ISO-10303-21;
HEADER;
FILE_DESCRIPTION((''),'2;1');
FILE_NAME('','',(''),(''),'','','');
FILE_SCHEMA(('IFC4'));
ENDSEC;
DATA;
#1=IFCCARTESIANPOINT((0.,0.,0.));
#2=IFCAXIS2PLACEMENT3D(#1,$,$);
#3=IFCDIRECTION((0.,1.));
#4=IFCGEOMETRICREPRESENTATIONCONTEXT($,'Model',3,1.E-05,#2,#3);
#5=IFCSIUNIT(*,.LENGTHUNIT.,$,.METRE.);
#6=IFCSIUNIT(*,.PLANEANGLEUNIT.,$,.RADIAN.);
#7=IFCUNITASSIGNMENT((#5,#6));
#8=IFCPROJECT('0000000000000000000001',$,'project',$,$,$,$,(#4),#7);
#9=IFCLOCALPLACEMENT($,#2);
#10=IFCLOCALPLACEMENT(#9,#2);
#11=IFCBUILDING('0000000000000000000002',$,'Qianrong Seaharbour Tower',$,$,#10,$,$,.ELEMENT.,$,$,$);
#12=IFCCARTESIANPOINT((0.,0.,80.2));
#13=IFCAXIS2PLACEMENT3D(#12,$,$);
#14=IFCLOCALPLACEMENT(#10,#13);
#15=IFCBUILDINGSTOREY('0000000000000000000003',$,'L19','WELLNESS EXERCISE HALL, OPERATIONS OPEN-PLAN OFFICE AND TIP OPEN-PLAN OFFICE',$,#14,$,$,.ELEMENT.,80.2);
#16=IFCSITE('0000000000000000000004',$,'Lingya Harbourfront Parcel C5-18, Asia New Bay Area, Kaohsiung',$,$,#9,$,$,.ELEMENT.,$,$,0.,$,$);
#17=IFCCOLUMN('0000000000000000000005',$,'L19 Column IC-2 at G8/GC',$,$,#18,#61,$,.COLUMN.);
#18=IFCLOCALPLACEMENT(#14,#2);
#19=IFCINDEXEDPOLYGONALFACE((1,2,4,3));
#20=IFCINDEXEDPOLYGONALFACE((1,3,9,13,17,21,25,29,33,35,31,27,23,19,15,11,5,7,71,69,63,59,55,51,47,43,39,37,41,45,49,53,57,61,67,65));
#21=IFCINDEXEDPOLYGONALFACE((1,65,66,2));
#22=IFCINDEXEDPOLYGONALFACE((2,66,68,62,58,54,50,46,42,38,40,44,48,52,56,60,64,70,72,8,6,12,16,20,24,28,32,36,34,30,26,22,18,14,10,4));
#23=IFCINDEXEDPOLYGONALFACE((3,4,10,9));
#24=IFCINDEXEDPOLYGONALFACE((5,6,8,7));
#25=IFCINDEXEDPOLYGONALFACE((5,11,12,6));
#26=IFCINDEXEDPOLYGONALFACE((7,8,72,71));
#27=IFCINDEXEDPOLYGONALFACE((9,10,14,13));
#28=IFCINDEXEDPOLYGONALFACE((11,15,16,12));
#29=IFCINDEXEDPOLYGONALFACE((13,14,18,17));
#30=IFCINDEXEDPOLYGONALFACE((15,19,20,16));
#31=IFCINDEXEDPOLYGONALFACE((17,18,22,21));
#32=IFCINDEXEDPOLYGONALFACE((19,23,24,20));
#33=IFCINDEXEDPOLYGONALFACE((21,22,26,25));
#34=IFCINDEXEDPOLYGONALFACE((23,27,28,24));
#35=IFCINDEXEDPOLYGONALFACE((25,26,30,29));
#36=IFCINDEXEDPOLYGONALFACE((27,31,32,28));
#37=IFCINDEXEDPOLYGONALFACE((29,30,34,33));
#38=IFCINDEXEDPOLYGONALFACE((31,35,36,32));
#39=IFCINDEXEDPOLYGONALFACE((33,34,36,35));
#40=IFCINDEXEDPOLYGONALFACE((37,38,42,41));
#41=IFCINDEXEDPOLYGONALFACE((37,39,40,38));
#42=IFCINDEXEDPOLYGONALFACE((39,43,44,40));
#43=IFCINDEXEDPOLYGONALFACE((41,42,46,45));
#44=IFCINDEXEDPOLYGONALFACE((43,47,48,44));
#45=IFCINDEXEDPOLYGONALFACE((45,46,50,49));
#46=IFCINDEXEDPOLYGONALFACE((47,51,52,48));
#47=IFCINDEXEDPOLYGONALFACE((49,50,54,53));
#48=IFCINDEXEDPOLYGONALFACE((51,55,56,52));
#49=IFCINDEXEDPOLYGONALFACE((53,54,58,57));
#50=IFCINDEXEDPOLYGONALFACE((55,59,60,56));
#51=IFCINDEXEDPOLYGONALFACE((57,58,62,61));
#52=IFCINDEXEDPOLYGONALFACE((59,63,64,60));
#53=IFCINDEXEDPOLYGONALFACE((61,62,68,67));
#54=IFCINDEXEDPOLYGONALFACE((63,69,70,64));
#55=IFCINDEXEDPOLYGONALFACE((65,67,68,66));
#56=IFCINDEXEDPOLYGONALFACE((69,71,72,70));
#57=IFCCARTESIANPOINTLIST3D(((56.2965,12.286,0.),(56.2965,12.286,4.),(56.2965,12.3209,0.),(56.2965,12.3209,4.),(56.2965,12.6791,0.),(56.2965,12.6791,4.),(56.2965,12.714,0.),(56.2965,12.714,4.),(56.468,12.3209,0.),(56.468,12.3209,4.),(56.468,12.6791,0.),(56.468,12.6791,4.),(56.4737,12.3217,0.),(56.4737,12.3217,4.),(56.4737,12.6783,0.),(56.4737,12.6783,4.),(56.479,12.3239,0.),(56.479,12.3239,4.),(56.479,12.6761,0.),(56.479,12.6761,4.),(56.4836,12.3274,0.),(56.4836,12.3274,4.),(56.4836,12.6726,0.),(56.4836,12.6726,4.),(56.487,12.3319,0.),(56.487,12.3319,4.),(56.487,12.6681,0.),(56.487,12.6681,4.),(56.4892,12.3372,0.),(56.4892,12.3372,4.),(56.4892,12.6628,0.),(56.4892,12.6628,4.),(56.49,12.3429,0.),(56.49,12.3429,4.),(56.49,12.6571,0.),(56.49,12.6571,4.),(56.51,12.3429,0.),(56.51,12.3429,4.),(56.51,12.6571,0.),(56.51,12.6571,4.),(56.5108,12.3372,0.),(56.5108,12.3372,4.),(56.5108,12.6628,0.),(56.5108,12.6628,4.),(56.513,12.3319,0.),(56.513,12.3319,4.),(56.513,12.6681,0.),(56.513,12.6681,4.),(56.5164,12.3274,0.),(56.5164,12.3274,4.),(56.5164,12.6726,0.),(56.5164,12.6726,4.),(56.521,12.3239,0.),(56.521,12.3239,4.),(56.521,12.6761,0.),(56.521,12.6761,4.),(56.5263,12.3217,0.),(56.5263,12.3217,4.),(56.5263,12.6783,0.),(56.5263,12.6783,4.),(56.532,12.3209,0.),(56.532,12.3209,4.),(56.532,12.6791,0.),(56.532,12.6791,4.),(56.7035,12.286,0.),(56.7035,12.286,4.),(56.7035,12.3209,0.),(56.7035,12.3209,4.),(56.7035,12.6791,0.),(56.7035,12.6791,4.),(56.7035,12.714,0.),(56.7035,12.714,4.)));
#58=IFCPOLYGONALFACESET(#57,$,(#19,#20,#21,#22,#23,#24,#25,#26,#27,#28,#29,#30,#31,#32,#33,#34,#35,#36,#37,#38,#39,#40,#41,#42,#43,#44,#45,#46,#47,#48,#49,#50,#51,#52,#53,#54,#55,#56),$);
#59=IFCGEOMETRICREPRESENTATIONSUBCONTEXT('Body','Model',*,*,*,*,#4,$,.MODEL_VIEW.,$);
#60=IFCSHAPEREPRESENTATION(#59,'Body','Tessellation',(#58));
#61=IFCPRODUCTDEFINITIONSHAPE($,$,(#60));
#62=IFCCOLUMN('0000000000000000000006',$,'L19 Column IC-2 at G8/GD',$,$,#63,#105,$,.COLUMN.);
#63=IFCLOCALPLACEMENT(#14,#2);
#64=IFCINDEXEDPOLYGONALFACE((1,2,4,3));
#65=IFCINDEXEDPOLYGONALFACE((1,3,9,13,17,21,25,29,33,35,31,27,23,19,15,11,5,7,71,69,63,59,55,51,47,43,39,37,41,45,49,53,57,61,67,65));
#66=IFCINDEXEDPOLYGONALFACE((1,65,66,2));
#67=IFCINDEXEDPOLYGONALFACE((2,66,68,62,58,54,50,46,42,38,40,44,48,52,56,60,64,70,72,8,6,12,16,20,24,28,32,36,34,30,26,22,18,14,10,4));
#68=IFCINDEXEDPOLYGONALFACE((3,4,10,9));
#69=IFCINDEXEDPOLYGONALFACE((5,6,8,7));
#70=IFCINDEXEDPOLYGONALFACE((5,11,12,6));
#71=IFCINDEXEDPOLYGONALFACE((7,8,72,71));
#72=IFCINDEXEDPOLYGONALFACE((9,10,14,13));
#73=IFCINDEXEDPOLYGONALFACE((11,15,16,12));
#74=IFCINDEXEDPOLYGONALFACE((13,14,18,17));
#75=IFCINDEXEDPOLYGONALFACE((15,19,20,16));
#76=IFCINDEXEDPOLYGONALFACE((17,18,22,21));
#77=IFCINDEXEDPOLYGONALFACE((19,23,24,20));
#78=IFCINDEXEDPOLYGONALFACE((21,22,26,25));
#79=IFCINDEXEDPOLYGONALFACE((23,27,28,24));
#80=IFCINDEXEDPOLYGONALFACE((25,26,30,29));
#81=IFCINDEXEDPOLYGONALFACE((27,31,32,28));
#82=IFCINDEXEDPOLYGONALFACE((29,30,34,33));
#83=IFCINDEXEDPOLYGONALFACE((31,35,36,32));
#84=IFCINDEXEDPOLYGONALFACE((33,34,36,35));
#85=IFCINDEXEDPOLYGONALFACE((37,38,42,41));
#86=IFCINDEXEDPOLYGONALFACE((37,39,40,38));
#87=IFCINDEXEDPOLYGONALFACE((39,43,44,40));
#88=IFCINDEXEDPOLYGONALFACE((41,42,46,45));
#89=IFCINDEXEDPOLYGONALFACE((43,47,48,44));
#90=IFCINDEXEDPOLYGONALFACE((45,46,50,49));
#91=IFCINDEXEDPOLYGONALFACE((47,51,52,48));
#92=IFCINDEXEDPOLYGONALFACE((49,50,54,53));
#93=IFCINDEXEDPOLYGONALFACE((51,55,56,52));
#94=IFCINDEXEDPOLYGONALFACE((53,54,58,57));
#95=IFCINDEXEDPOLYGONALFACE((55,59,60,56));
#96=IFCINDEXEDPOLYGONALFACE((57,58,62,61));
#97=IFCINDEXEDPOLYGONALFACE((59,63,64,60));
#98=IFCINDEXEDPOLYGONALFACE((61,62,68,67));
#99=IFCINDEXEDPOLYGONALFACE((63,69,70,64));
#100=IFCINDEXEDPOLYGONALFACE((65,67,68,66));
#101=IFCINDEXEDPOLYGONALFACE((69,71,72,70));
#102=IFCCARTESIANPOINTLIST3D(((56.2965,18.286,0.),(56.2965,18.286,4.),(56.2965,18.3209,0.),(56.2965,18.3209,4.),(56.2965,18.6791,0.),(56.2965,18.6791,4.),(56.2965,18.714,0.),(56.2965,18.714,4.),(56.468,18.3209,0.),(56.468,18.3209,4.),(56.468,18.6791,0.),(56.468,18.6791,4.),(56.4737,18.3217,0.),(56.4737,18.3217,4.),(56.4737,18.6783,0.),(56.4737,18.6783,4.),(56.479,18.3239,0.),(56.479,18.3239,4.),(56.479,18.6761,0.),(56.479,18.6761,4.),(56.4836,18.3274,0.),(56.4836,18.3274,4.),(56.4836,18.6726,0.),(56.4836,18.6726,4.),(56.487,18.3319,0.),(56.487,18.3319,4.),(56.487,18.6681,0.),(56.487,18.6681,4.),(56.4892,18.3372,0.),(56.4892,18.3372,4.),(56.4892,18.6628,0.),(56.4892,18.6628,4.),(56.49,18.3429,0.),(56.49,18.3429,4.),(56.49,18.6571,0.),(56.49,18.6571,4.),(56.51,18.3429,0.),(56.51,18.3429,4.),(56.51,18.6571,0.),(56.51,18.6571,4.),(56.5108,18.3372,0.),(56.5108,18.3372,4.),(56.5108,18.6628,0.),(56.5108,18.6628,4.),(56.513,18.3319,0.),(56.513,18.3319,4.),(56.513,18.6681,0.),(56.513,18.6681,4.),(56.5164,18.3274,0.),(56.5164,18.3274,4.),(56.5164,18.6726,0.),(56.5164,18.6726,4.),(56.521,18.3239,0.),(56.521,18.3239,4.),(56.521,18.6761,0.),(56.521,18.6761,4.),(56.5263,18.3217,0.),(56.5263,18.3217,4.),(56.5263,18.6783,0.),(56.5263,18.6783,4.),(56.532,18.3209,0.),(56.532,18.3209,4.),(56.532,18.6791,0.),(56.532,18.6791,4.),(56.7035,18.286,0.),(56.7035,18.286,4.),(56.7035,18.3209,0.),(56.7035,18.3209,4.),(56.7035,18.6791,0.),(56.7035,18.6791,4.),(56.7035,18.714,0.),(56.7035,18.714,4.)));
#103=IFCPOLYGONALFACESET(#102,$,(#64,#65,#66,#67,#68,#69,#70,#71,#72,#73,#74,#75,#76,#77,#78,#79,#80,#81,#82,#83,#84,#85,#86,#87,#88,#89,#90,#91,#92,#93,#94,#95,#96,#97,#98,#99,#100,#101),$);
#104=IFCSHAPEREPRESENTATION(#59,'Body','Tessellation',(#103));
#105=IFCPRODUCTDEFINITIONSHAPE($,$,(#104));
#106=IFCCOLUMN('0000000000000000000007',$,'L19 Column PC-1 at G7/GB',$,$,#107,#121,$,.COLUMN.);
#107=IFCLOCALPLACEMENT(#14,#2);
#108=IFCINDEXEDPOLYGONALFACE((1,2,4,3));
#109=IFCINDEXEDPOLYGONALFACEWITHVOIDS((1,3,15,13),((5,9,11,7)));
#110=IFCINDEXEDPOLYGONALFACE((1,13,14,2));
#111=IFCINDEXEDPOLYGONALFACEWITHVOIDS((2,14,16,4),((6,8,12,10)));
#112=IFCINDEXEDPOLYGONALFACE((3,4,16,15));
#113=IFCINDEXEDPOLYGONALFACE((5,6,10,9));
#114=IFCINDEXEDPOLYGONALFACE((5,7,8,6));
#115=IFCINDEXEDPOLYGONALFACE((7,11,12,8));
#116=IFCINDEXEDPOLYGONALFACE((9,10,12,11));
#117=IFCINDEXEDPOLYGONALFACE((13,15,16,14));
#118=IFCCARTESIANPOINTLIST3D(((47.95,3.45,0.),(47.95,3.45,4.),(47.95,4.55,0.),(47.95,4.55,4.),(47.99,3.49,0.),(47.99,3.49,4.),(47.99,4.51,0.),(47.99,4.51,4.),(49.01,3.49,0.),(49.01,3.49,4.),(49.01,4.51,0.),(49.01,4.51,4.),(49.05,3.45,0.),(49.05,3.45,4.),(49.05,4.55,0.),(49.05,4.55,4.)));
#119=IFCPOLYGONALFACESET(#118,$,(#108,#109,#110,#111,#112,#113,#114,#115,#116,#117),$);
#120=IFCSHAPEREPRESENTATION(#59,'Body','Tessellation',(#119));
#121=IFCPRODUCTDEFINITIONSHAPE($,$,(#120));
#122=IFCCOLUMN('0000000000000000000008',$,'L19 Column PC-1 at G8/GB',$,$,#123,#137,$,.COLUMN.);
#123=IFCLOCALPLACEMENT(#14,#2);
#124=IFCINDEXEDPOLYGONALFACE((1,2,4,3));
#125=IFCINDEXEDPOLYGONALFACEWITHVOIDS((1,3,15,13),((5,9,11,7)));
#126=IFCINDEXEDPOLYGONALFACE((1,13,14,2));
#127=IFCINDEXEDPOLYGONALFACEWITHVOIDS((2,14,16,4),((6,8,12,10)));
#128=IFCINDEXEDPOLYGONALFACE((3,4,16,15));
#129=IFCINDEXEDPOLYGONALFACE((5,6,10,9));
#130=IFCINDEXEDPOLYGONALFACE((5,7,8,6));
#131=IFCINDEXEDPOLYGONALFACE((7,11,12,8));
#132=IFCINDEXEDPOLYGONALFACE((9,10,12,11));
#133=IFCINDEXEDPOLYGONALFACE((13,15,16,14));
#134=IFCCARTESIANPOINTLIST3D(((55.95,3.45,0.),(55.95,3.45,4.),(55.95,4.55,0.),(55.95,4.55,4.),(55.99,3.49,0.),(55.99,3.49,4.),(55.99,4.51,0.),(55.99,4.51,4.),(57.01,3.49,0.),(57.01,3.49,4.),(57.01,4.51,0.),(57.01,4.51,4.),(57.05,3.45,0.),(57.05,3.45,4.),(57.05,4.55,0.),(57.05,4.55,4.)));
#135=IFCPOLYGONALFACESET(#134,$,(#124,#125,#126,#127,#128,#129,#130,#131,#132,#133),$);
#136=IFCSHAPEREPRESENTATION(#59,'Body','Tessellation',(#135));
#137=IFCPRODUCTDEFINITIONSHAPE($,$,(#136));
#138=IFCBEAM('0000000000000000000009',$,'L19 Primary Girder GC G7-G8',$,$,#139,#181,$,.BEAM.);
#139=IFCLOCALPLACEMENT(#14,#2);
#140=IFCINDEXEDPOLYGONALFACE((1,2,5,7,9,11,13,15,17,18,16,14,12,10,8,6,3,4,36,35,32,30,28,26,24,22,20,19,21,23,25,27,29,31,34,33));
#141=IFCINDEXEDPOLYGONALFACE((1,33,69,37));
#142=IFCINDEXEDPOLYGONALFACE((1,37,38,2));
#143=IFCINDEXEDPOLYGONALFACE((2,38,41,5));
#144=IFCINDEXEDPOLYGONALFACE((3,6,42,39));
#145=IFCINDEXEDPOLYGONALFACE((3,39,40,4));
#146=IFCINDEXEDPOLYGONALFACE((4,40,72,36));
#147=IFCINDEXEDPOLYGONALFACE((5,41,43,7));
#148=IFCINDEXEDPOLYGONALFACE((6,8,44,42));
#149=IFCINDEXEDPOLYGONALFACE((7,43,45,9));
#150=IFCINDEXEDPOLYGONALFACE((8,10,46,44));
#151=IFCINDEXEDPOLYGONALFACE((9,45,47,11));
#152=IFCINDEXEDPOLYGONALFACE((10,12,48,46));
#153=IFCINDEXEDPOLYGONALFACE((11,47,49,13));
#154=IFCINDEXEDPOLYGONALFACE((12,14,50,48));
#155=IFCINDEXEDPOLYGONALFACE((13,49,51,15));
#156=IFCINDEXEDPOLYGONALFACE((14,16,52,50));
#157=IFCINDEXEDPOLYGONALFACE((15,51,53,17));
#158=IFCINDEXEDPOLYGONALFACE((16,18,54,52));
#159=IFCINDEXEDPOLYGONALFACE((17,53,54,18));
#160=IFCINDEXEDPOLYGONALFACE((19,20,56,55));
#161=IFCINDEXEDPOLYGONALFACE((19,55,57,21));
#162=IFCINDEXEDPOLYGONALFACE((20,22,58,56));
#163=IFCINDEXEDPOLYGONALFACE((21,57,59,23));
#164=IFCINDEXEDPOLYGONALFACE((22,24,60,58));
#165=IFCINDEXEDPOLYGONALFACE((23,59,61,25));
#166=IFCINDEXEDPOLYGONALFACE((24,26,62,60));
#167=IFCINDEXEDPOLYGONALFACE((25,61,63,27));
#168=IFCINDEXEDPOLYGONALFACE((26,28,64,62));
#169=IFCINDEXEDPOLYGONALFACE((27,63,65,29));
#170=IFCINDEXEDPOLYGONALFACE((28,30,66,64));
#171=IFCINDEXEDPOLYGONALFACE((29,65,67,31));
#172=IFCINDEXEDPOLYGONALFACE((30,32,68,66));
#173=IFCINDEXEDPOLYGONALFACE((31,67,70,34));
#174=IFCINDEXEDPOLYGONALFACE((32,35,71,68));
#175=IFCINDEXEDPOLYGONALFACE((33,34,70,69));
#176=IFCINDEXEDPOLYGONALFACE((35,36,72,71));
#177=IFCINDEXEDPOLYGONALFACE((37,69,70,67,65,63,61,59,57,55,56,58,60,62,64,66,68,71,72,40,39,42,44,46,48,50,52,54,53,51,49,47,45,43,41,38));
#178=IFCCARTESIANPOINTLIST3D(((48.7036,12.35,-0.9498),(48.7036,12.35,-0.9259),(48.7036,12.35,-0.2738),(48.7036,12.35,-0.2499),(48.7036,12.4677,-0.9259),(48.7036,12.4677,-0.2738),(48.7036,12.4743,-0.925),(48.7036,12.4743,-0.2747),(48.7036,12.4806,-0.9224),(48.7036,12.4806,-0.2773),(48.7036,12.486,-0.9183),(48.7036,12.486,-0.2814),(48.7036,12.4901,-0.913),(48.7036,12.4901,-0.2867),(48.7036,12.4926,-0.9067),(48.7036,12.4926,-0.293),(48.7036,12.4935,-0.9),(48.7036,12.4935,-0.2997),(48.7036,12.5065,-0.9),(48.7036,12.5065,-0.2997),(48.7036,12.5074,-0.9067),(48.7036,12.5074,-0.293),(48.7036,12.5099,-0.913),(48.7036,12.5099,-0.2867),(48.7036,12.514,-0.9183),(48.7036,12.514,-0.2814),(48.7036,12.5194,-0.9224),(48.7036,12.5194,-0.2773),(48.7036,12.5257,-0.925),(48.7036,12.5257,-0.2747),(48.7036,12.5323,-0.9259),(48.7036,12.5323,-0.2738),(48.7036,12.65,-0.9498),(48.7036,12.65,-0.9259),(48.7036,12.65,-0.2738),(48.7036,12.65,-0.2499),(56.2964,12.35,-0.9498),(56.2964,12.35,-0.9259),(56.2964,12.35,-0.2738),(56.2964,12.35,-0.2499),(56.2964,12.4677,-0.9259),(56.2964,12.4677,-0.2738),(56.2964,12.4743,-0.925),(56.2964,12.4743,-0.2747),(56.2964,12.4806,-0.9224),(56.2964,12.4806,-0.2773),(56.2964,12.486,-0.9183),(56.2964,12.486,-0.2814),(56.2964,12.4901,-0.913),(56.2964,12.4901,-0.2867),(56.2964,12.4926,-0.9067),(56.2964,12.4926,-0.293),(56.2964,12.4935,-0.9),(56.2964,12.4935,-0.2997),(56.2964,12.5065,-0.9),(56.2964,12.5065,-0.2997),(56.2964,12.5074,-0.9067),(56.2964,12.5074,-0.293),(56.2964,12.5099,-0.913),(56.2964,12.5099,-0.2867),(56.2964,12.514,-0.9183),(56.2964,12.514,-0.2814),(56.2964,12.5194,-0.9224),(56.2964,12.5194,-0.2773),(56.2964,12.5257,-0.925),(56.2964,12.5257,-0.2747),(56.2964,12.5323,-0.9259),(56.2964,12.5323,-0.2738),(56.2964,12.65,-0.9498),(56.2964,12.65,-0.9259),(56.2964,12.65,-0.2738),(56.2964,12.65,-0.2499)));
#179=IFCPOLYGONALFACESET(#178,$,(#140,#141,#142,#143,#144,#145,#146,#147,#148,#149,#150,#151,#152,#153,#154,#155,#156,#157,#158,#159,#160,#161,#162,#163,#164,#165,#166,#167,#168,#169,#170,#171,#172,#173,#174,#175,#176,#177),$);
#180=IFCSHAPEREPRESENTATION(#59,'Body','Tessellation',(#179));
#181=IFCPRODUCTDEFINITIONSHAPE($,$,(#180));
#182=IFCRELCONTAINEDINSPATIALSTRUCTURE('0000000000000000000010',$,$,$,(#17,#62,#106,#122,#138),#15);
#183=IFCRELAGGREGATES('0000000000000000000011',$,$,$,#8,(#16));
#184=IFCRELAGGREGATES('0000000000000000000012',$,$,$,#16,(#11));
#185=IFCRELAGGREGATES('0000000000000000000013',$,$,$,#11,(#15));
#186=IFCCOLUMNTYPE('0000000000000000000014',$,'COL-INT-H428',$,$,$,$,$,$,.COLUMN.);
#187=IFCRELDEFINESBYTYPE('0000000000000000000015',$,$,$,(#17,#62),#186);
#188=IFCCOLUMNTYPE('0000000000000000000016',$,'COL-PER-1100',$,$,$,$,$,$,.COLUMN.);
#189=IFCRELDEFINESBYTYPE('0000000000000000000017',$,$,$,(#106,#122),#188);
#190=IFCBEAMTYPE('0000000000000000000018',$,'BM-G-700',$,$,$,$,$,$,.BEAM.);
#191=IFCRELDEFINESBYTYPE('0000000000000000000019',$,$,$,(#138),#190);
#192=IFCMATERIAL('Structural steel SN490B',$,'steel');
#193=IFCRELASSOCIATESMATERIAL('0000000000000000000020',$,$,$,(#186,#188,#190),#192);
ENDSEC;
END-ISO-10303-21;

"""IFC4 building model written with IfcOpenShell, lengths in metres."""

from ifc_helpers import new_model, si_unit, direction, frame, origin, origin_2d, place, context, subcontext, project, spatial, hollow_rectangle, i_section, extrude, material, material_profile, profile_set, type_object, element, save


model = new_model("IFC4")

# Units and contexts
model_context = context("Model", 3, precision=1e-05, world=origin(), true_north=direction((0.0, 1.0)))
body_context = subcontext(model_context, "Body", "Model", "MODEL_VIEW")
ifc_project = project(units=[si_unit("LENGTHUNIT", "METRE"), si_unit("PLANEANGLEUNIT", "RADIAN")], contexts=[model_context])

# Site, building, storey
site_placement = place(None, origin())
site = spatial("IfcSite", under=ifc_project, at=site_placement, Name="Lingya Harbourfront Parcel C5-18, Asia New Bay Area, Kaohsiung", CompositionType="ELEMENT", RefElevation=0.0)
building_placement = place(site_placement, origin())
building = spatial("IfcBuilding", under=site, at=building_placement, Name="Qianrong Seaharbour Tower", CompositionType="ELEMENT")
storey_placement = place(building_placement, frame((0.0, 0.0, 80.2)))
storey = spatial("IfcBuildingStorey", under=building, at=storey_placement, Name="L19", Description="WELLNESS EXERCISE HALL, OPERATIONS OPEN-PLAN OFFICE AND TIP OPEN-PLAN OFFICE", CompositionType="ELEMENT", Elevation=80.2)

# Columns
ifc_material_1 = material(Name="Structural steel SN490B", Category="steel")
ifc_material_profile_1 = material_profile(ifc_material_1, i_section(OverallWidth=0.407, OverallDepth=0.428, WebThickness=0.02, FlangeThickness=0.0349, FilletRadius=0.022, at=origin_2d()), Name="H428x407x20x35")
ifc_profile_set_1 = profile_set([ifc_material_profile_1], Name="Structural steel SN490B")
column_type_1 = type_object("IfcColumnType", Name="COL-INT-H428", PredefinedType="COLUMN", material=ifc_profile_set_1)
for number, where, z_axis, x_axis, name in (
    (1, (56.5, 12.5, 0.0), (0.0, 0.0, 1.0), (1.0, 0.0, 0.0), "L19 Column IC-2 at G8/GC"),
    (2, (56.5, 18.5, 0.0), (0.0, 0.0, 1.0), (1.0, 0.0, 0.0), "L19 Column IC-2 at G8/GD"),
):
    element("IfcColumn", number, at=place(storey_placement, frame(where, z_axis=z_axis, x_axis=x_axis)), inside=storey, type_object=column_type_1, Name=name, PredefinedType="COLUMN", context=body_context, shape_type="SweptSolid", body=[
        extrude(i_section(OverallWidth=0.407, OverallDepth=0.428, WebThickness=0.02, FlangeThickness=0.0349, FilletRadius=0.022, at=origin_2d()), origin(), (0.0, 0.0, 1.0), 4.0),
    ])
ifc_material_profile_2 = material_profile(ifc_material_1, hollow_rectangle(XDim=1.1001, YDim=1.1001, WallThickness=0.04, at=origin_2d()), Name="BOX1100x1100x40")
ifc_profile_set_2 = profile_set([ifc_material_profile_2], Name="Structural steel SN490B")
column_type_2 = type_object("IfcColumnType", Name="COL-PER-1100", PredefinedType="COLUMN", material=ifc_profile_set_2)
for number, where, z_axis, x_axis, name in (
    (3, (48.5, 4.0, 0.0), (0.0, 0.0, 1.0), (1.0, 0.0, 0.0), "L19 Column PC-1 at G7/GB"),
    (4, (56.5, 4.0, 0.0), (0.0, 0.0, 1.0), (1.0, 0.0, 0.0), "L19 Column PC-1 at G8/GB"),
):
    element("IfcColumn", number, at=place(storey_placement, frame(where, z_axis=z_axis, x_axis=x_axis)), inside=storey, type_object=column_type_2, Name=name, PredefinedType="COLUMN", context=body_context, shape_type="SweptSolid", body=[
        extrude(hollow_rectangle(XDim=1.1001, YDim=1.1001, WallThickness=0.04, at=origin_2d()), origin(), (0.0, 0.0, 1.0), 4.0),
    ])

# Beam
ifc_material_profile_3 = material_profile(ifc_material_1, i_section(OverallWidth=0.3, OverallDepth=0.7, WebThickness=0.0129, FlangeThickness=0.0239, FilletRadius=0.0259, at=origin_2d()), Name="H700x300x13x24")
ifc_profile_set_3 = profile_set([ifc_material_profile_3], Name="Structural steel SN490B")
beam_type_1 = type_object("IfcBeamType", Name="BM-G-700", PredefinedType="BEAM", material=ifc_profile_set_3)
beam_1_placement = place(storey_placement, frame((48.7036, 12.5, -0.5999), z_axis=(1.0, 0.0, 0.0), x_axis=(0.0, 1.0, 0.0)))
element("IfcBeam", 5, at=beam_1_placement, inside=storey, type_object=beam_type_1, Name="L19 Primary Girder GC G7-G8", PredefinedType="BEAM", context=body_context, shape_type="SweptSolid", body=[
    extrude(i_section(OverallWidth=0.3, OverallDepth=0.7, WebThickness=0.0129, FlangeThickness=0.0239, FilletRadius=0.0259, at=origin_2d()), origin(), (0.0, 0.0, 1.0), 7.5928),
])

save(model, "model.ifc")
